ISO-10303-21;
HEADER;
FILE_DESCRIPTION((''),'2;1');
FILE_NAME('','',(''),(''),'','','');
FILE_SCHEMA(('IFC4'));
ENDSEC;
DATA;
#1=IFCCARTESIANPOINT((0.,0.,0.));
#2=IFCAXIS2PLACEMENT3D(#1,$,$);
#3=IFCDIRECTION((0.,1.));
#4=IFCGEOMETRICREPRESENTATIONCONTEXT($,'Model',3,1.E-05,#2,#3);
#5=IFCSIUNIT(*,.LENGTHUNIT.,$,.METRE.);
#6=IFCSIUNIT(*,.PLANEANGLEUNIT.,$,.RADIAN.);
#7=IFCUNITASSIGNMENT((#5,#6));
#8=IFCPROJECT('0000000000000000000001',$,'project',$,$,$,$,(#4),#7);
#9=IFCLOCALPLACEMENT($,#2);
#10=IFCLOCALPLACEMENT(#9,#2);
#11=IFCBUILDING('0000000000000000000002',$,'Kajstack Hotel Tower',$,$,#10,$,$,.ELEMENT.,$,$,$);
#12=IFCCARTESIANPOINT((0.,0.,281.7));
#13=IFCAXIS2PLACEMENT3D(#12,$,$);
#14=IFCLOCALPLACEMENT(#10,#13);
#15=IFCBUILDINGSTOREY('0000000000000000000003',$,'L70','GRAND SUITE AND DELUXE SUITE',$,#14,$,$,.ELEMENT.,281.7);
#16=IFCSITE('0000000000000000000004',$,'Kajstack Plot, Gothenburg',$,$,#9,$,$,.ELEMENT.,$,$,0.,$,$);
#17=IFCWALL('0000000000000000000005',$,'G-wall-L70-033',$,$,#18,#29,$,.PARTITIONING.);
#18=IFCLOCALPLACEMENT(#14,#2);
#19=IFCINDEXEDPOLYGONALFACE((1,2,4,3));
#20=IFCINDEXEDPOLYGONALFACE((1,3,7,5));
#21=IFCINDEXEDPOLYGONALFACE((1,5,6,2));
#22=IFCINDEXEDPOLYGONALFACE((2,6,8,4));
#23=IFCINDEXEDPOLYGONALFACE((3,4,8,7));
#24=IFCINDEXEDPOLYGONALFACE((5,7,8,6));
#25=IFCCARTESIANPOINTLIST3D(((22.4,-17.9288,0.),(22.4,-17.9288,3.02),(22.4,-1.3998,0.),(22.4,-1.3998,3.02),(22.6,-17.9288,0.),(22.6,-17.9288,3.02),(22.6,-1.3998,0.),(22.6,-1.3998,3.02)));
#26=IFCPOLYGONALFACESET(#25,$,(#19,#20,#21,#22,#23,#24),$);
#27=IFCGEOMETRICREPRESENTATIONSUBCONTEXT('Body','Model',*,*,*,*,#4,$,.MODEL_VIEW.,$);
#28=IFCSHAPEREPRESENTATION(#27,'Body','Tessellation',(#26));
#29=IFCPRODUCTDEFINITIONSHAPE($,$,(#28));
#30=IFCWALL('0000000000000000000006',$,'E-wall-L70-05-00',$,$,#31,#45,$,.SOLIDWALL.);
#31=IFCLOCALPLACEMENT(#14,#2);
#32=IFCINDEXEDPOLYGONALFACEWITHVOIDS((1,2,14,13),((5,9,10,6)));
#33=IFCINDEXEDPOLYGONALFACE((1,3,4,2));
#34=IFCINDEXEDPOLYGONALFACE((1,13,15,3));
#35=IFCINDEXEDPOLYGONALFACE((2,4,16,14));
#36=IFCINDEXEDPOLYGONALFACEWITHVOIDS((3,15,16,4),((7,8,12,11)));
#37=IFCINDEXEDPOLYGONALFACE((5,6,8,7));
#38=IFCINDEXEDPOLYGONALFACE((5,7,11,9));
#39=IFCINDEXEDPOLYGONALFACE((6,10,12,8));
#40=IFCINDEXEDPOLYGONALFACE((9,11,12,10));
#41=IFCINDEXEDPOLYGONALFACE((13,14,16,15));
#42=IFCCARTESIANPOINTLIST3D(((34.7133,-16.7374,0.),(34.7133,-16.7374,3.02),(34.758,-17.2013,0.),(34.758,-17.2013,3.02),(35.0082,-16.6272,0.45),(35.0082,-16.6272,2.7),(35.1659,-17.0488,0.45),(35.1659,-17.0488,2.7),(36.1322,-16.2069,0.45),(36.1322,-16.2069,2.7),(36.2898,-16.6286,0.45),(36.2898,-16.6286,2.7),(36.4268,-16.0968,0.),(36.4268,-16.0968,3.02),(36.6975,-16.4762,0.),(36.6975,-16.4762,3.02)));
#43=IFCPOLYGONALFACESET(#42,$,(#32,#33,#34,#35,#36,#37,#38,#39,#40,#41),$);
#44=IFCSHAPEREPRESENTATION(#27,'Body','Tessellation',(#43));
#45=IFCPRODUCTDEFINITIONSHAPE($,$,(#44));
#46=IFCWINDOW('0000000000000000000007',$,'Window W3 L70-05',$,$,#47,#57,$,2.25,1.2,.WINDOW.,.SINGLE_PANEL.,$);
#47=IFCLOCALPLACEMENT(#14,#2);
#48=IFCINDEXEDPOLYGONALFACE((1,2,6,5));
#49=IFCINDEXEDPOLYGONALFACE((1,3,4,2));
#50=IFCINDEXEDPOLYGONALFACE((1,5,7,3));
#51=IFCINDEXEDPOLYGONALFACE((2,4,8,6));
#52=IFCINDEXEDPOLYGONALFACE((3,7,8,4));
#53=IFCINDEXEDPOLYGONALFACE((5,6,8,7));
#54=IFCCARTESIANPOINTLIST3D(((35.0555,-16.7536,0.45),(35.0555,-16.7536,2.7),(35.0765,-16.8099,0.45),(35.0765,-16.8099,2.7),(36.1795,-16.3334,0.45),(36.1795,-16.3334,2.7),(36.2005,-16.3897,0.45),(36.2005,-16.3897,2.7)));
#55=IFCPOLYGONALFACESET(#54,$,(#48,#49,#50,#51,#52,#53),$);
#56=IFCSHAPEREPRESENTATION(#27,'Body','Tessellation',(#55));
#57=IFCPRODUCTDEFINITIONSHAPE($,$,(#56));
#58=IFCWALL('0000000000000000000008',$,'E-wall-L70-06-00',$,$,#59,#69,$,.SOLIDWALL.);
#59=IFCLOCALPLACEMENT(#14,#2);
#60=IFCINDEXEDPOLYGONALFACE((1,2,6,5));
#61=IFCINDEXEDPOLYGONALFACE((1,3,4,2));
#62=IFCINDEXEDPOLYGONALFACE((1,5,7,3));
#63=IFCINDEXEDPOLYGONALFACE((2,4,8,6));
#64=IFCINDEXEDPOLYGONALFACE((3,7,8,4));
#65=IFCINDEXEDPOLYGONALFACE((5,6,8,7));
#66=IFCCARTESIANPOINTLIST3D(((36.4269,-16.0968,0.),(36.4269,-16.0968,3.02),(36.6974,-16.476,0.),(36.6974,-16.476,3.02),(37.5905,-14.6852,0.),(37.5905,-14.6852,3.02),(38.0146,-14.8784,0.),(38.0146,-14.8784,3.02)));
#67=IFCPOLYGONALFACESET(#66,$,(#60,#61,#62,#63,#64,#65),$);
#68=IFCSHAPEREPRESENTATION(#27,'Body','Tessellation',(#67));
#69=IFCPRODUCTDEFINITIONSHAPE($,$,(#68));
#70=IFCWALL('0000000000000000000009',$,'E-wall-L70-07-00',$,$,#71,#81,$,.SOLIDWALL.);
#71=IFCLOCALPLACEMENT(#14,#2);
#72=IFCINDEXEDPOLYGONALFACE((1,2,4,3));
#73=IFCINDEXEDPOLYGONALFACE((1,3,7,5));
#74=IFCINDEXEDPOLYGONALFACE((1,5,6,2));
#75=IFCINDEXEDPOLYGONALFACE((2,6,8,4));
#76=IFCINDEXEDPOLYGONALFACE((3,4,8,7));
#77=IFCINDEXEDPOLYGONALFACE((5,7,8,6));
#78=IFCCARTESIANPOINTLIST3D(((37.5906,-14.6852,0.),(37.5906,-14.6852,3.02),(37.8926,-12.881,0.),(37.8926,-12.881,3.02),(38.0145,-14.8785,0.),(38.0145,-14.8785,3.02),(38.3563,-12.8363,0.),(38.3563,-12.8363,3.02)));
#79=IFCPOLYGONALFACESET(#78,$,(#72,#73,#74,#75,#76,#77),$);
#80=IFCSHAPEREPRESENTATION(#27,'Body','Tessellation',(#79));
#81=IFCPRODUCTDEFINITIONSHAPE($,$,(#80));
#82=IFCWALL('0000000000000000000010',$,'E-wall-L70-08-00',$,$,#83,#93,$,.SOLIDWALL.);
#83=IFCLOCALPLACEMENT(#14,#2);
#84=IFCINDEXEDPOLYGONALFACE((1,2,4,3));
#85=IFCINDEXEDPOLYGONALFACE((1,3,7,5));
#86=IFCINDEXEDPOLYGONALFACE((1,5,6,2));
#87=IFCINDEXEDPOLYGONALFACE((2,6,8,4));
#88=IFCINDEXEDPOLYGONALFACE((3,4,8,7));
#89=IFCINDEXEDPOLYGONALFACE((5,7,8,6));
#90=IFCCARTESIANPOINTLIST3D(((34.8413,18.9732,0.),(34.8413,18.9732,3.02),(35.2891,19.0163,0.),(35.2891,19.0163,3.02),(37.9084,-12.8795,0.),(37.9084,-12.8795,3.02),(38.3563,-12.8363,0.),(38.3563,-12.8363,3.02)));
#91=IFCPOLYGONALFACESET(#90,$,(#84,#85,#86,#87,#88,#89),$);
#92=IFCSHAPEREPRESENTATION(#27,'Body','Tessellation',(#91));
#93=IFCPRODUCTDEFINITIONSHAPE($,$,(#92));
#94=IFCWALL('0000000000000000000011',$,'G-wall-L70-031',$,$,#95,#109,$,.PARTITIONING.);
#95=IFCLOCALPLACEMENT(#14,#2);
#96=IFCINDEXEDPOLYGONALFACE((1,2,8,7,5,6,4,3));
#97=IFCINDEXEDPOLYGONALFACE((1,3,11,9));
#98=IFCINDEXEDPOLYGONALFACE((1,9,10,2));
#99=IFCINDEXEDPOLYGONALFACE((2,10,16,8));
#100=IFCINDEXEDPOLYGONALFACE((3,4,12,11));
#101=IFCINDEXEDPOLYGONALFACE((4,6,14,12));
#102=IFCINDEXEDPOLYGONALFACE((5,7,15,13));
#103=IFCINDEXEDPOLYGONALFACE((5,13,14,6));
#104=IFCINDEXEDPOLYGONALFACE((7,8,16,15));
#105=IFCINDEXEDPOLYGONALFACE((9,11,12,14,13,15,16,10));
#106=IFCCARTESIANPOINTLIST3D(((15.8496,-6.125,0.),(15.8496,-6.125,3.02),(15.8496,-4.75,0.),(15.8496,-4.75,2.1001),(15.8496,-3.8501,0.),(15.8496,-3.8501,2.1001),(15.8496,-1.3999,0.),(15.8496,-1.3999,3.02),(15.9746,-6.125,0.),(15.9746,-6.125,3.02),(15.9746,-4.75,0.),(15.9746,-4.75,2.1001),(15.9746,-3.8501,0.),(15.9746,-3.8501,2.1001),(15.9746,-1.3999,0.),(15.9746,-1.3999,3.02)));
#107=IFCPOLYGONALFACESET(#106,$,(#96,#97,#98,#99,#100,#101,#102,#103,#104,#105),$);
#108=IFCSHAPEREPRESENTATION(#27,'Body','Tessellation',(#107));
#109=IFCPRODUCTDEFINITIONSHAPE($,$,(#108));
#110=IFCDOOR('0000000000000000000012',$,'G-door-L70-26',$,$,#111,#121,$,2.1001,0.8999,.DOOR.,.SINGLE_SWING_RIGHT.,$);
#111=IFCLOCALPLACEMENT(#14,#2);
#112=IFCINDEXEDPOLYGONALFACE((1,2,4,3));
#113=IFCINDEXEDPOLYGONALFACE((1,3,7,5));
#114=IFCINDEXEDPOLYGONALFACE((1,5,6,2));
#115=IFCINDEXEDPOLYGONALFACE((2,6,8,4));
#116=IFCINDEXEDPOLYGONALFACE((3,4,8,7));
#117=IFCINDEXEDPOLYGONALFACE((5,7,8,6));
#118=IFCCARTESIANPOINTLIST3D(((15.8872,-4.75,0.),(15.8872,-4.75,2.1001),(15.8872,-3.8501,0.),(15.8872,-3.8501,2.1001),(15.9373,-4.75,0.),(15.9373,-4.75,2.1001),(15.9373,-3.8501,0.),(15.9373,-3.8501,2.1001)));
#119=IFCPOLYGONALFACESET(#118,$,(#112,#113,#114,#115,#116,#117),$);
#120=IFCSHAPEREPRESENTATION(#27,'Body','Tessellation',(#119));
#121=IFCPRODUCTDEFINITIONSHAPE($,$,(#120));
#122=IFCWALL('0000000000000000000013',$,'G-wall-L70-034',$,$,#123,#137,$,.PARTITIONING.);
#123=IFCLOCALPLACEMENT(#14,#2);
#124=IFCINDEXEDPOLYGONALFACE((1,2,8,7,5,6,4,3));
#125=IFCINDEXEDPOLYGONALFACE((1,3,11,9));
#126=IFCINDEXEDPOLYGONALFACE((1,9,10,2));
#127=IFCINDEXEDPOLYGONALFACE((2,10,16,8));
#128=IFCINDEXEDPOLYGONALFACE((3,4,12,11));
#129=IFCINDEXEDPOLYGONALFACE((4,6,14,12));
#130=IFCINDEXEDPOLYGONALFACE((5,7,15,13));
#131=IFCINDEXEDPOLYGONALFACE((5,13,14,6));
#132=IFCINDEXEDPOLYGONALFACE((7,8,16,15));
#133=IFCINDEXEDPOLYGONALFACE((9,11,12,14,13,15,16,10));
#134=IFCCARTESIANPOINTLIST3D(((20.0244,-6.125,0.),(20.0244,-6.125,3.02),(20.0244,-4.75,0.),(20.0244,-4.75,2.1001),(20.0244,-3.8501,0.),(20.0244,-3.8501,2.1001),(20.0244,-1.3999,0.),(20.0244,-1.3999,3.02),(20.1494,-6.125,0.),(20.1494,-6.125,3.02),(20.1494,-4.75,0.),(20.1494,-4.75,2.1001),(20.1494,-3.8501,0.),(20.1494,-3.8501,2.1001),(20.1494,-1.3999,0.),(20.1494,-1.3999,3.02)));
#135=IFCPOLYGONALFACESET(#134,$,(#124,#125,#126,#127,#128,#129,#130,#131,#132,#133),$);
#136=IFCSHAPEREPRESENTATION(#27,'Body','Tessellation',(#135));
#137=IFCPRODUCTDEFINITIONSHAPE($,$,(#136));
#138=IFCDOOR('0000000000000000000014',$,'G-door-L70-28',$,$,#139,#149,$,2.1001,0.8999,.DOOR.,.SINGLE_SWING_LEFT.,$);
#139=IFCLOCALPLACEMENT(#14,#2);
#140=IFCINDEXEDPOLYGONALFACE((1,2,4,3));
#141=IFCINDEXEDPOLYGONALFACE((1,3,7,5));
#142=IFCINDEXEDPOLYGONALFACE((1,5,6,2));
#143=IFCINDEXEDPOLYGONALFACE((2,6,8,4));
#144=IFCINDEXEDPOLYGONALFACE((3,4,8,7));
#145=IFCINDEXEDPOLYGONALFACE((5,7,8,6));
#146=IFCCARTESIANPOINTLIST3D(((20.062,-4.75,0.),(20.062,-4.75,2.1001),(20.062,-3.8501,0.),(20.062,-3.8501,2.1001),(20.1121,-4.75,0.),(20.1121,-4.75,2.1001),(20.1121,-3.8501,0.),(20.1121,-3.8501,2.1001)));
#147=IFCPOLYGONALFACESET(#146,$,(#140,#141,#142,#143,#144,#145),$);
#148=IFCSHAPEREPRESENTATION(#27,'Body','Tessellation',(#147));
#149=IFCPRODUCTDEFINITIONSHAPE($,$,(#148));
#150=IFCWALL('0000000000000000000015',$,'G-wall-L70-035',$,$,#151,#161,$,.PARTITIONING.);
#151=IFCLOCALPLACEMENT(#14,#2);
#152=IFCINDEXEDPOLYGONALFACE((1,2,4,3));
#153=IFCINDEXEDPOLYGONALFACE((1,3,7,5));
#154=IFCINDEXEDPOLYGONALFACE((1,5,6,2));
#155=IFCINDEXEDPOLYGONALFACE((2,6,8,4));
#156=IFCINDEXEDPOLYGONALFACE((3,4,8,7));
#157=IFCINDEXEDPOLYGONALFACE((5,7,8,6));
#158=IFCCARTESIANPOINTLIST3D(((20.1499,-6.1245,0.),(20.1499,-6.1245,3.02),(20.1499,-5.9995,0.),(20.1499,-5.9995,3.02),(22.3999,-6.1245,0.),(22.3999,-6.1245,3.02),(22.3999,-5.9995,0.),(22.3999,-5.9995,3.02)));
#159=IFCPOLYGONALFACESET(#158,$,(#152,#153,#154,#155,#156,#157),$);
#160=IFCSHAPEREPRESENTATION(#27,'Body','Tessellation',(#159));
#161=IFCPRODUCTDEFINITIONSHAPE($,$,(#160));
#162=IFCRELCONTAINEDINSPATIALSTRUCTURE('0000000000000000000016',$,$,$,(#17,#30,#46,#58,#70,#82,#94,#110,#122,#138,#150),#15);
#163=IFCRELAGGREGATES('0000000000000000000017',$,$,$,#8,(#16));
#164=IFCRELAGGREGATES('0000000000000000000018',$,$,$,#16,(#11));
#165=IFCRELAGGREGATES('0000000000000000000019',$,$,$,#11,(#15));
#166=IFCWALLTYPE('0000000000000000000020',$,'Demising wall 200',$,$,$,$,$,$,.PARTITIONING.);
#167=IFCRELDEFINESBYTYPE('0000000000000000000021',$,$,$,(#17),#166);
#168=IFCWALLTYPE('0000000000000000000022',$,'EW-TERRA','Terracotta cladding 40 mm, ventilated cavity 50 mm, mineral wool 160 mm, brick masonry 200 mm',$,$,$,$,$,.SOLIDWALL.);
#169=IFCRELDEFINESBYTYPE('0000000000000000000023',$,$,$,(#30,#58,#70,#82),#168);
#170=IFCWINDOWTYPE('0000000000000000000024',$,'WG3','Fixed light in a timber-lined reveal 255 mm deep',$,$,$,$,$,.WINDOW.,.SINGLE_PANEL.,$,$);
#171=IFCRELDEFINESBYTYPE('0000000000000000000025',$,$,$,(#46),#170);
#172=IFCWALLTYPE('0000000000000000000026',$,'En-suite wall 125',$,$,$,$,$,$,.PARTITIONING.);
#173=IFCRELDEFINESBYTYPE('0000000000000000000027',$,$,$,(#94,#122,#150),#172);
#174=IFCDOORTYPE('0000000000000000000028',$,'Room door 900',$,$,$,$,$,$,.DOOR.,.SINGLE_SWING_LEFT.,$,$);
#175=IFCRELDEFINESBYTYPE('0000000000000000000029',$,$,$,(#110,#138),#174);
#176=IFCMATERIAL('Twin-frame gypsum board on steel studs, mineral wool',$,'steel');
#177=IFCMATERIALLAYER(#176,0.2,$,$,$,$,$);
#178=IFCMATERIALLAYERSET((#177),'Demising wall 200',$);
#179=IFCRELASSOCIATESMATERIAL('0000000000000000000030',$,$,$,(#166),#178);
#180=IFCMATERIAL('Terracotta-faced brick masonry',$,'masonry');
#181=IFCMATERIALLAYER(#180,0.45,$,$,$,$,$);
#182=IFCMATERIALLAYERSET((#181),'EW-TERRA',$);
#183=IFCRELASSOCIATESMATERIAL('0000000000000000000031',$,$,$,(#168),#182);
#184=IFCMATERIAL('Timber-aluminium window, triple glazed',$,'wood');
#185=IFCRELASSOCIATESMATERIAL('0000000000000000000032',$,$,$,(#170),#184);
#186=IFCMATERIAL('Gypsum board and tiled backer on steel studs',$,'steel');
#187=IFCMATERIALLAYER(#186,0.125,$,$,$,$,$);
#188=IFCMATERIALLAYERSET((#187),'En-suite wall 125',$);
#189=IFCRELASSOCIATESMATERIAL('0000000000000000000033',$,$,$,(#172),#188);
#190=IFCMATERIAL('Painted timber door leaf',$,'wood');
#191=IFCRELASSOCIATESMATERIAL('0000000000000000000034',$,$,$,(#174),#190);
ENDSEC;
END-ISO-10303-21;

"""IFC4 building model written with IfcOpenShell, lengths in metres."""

from ifc_helpers import new_model, si_unit, direction, frame, frame_2d, origin, place, context, subcontext, project, spatial, polyline, rectangle, outline, extrude, material, layer, layer_set, type_object, element, fill, save


model = new_model("IFC4")

# Units and contexts
model_context = context("Model", 3, precision=1e-05, world=origin(), true_north=direction((0.0, 1.0)))
body_context = subcontext(model_context, "Body", "Model", "MODEL_VIEW")
ifc_project = project(units=[si_unit("LENGTHUNIT", "METRE"), si_unit("PLANEANGLEUNIT", "RADIAN")], contexts=[model_context])

# Site, building, storey
site_placement = place(None, origin())
site = spatial("IfcSite", under=ifc_project, at=site_placement, Name="Kajstack Plot, Gothenburg", CompositionType="ELEMENT", RefElevation=0.0)
building_placement = place(site_placement, origin())
building = spatial("IfcBuilding", under=site, at=building_placement, Name="Kajstack Hotel Tower", CompositionType="ELEMENT")
storey_placement = place(building_placement, frame((0.0, 0.0, 281.7)))
storey = spatial("IfcBuildingStorey", under=building, at=storey_placement, Name="L70", Description="GRAND SUITE AND DELUXE SUITE", CompositionType="ELEMENT", Elevation=281.7)

# Wall
ifc_material_1 = material(Name="Twin-frame gypsum board on steel studs, mineral wool", Category="steel")
ifc_layer_1 = layer(ifc_material_1, 0.2)
ifc_layer_set_1 = layer_set([ifc_layer_1], Name="Demising wall 200")
wall_type_1 = type_object("IfcWallType", Name="Demising wall 200", PredefinedType="PARTITIONING", material=ifc_layer_set_1)
wall_1_placement = place(storey_placement, frame((22.5, -17.929, 0.0), z_axis=(0.0, 0.0, 1.0), x_axis=(0.0, 1.0, 0.0)))
element("IfcWall", 1, at=wall_1_placement, inside=storey, type_object=wall_type_1, Name="G-wall-L70-033", PredefinedType="PARTITIONING", context=body_context, shape_type="SweptSolid", body=[
    extrude(rectangle(XDim=16.5291, YDim=0.2, at=frame_2d((8.2646, 0.0))), origin(), (0.0, 0.0, 1.0), 3.02),
])

# Wall, opening, window
ifc_material_2 = material(Name="Terracotta-faced brick masonry", Category="masonry")
ifc_layer_2 = layer(ifc_material_2, 0.45)
ifc_layer_set_2 = layer_set([ifc_layer_2], Name="EW-TERRA")
wall_type_2 = type_object("IfcWallType", Name="EW-TERRA", Description="Terracotta cladding 40 mm, ventilated cavity 50 mm, mineral wool 160 mm, brick masonry 200 mm", PredefinedType="SOLIDWALL", material=ifc_layer_set_2)
wall_2_placement = place(storey_placement, frame((34.6792, -16.9905, 0.0), z_axis=(0.0, 0.0, 1.0), x_axis=(0.936678, 0.350193, 0.0)))
wall_2 = element("IfcWall", 2, at=wall_2_placement, inside=storey, type_object=wall_type_2, Name="E-wall-L70-05-00", PredefinedType="SOLIDWALL", context=body_context, shape_type="SweptSolid", body=[
    extrude(outline(polyline([(0.0, -0.2251), (2.0706, -0.2251), (1.95, 0.2251), (0.1206, 0.2251), (0.0, -0.2251)])), origin(), (0.0, 0.0, 1.0), 3.02),
])
opening_1_placement = place(wall_2_placement, frame((0.4353, 0.0, 0.45)))
opening_1 = element("IfcOpeningElement", 3, at=opening_1_placement, cuts=wall_2, PredefinedType="OPENING", context=body_context, shape_type="SweptSolid", body=[
    extrude(rectangle(XDim=1.2, YDim=2.25, at=frame_2d((0.6001, 1.125))), frame((0.0, 0.2349, 0.0), z_axis=(0.0, -1.0, 0.0), x_axis=(1.0, 0.0, 0.0)), (0.0, 0.0, 1.0), 0.47),
])
ifc_material_3 = material(Name="Timber-aluminium window, triple glazed", Category="wood")
window_type = type_object("IfcWindowType", Name="WG3", Description="Fixed light in a timber-lined reveal 255 mm deep", PartitioningType="SINGLE_PANEL", PredefinedType="WINDOW", material=ifc_material_3)
window_placement = place(opening_1_placement, origin())
window = element("IfcWindow", 4, at=window_placement, inside=storey, type_object=window_type, Name="Window W3 L70-05", OverallHeight=2.25, OverallWidth=1.2, PartitioningType="SINGLE_PANEL", PredefinedType="WINDOW", context=body_context, shape_type="SweptSolid", body=[
    extrude(rectangle(XDim=1.2, YDim=2.25, at=frame_2d((0.6001, 1.125))), frame((0.0, 0.0901, 0.0), z_axis=(0.0, -1.0, 0.0), x_axis=(1.0, 0.0, 0.0)), (0.0, 0.0, 1.0), 0.0601),
])
fill(opening_1, window)

# Walls
wall_3_placement = place(storey_placement, frame((36.5239, -16.333, 0.0), z_axis=(0.0, 0.0, 1.0), x_axis=(0.636046, 0.771651, 0.0)))
element("IfcWall", 5, at=wall_3_placement, inside=storey, type_object=wall_type_2, Name="E-wall-L70-06-00", PredefinedType="SOLIDWALL", context=body_context, shape_type="SweptSolid", body=[
    extrude(outline(polyline([(0.0, -0.2249), (2.0706, -0.2251), (1.95, 0.2251), (0.1206, 0.2251), (0.0, -0.2249)])), origin(), (0.0, 0.0, 1.0), 3.02),
])
wall_4_placement = place(storey_placement, frame((37.7925, -14.8413, 0.0), z_axis=(0.0, 0.0, 1.0), x_axis=(0.165068, 0.986282, 0.0)))
element("IfcWall", 6, at=wall_4_placement, inside=storey, type_object=wall_type_2, Name="E-wall-L70-07-00", PredefinedType="SOLIDWALL", context=body_context, shape_type="SweptSolid", body=[
    extrude(outline(polyline([(0.0, -0.2251), (2.0706, -0.2251), (1.95, 0.2249), (0.1206, 0.2249), (0.0, -0.2251)])), origin(), (0.0, 0.0, 1.0), 3.02),
])
wall_5_placement = place(storey_placement, frame((38.1323, -12.8579, 0.0), z_axis=(0.0, 0.0, 1.0), x_axis=(-0.095848, 0.995396, 0.0)))
element("IfcWall", 7, at=wall_5_placement, inside=storey, type_object=wall_type_2, Name="E-wall-L70-08-00", PredefinedType="SOLIDWALL", context=body_context, shape_type="SweptSolid", body=[
    extrude(rectangle(XDim=32.0, YDim=0.45, at=frame_2d((16.0, 0.0))), origin(), (0.0, 0.0, 1.0), 3.02),
])

# Walls, openings, doors
ifc_material_4 = material(Name="Gypsum board and tiled backer on steel studs", Category="steel")
ifc_layer_3 = layer(ifc_material_4, 0.125)
ifc_layer_set_3 = layer_set([ifc_layer_3], Name="En-suite wall 125")
wall_type_3 = type_object("IfcWallType", Name="En-suite wall 125", PredefinedType="PARTITIONING", material=ifc_layer_set_3)
wall_6_placement = place(storey_placement, frame((15.9121, -6.125, 0.0), z_axis=(0.0, 0.0, 1.0), x_axis=(0.0, 1.0, 0.0)))
wall_6 = element("IfcWall", 8, at=wall_6_placement, inside=storey, type_object=wall_type_3, Name="G-wall-L70-031", PredefinedType="PARTITIONING", context=body_context, shape_type="SweptSolid", body=[
    extrude(rectangle(XDim=4.7251, YDim=0.125, at=frame_2d((2.3625, 0.0))), origin(), (0.0, 0.0, 1.0), 3.02),
])
opening_2_placement = place(wall_6_placement, frame((1.375, 0.0, 0.0)))
opening_2 = element("IfcOpeningElement", 9, at=opening_2_placement, cuts=wall_6, PredefinedType="OPENING", context=body_context, shape_type="SweptSolid", body=[
    extrude(rectangle(XDim=0.8999, YDim=2.1001, at=frame_2d((0.45, 1.05))), frame((0.0, 0.0725, 0.0), z_axis=(0.0, -1.0, 0.0), x_axis=(1.0, 0.0, 0.0)), (0.0, 0.0, 1.0), 0.145),
])
ifc_material_5 = material(Name="Painted timber door leaf", Category="wood")
door_type_1 = type_object("IfcDoorType", Name="Room door 900", OperationType="SINGLE_SWING_LEFT", PredefinedType="DOOR", material=ifc_material_5)
door_1_placement = place(opening_2_placement, origin())
door_1 = element("IfcDoor", 10, at=door_1_placement, inside=storey, type_object=door_type_1, Name="G-door-L70-26", OperationType="SINGLE_SWING_RIGHT", OverallHeight=2.1001, OverallWidth=0.8999, PredefinedType="DOOR", context=body_context, shape_type="SweptSolid", body=[
    extrude(rectangle(XDim=0.8999, YDim=2.1001, at=frame_2d((0.45, 1.05))), frame((0.0, 0.0249, 0.0), z_axis=(0.0, -1.0, 0.0), x_axis=(1.0, 0.0, 0.0)), (0.0, 0.0, 1.0), 0.05),
])
fill(opening_2, door_1)
wall_7_placement = place(storey_placement, frame((20.0869, -6.125, 0.0), z_axis=(0.0, 0.0, 1.0), x_axis=(0.0, 1.0, 0.0)))
wall_7 = element("IfcWall", 11, at=wall_7_placement, inside=storey, type_object=wall_type_3, Name="G-wall-L70-034", PredefinedType="PARTITIONING", context=body_context, shape_type="SweptSolid", body=[
    extrude(rectangle(XDim=4.7251, YDim=0.125, at=frame_2d((2.3625, 0.0))), origin(), (0.0, 0.0, 1.0), 3.02),
])
opening_3_placement = place(wall_7_placement, frame((1.375, 0.0, 0.0)))
opening_3 = element("IfcOpeningElement", 12, at=opening_3_placement, cuts=wall_7, PredefinedType="OPENING", context=body_context, shape_type="SweptSolid", body=[
    extrude(rectangle(XDim=0.8999, YDim=2.1001, at=frame_2d((0.45, 1.05))), frame((0.0, 0.0725, 0.0), z_axis=(0.0, -1.0, 0.0), x_axis=(1.0, 0.0, 0.0)), (0.0, 0.0, 1.0), 0.145),
])
door_2_placement = place(opening_3_placement, origin())
door_2 = element("IfcDoor", 13, at=door_2_placement, inside=storey, type_object=door_type_1, Name="G-door-L70-28", OperationType="SINGLE_SWING_LEFT", OverallHeight=2.1001, OverallWidth=0.8999, PredefinedType="DOOR", context=body_context, shape_type="SweptSolid", body=[
    extrude(rectangle(XDim=0.8999, YDim=2.1001, at=frame_2d((0.45, 1.05))), frame((0.0, 0.0249, 0.0), z_axis=(0.0, -1.0, 0.0), x_axis=(1.0, 0.0, 0.0)), (0.0, 0.0, 1.0), 0.05),
])
fill(opening_3, door_2)

# Wall
wall_8_placement = place(storey_placement, frame((20.1499, -6.062, 0.0), z_axis=(0.0, 0.0, 1.0), x_axis=(1.0, 0.0, 0.0)))
element("IfcWall", 14, at=wall_8_placement, inside=storey, type_object=wall_type_3, Name="G-wall-L70-035", PredefinedType="PARTITIONING", context=body_context, shape_type="SweptSolid", body=[
    extrude(rectangle(XDim=2.25, YDim=0.125, at=frame_2d((1.125, 0.0))), origin(), (0.0, 0.0, 1.0), 3.02),
])

save(model, "model.ifc")
